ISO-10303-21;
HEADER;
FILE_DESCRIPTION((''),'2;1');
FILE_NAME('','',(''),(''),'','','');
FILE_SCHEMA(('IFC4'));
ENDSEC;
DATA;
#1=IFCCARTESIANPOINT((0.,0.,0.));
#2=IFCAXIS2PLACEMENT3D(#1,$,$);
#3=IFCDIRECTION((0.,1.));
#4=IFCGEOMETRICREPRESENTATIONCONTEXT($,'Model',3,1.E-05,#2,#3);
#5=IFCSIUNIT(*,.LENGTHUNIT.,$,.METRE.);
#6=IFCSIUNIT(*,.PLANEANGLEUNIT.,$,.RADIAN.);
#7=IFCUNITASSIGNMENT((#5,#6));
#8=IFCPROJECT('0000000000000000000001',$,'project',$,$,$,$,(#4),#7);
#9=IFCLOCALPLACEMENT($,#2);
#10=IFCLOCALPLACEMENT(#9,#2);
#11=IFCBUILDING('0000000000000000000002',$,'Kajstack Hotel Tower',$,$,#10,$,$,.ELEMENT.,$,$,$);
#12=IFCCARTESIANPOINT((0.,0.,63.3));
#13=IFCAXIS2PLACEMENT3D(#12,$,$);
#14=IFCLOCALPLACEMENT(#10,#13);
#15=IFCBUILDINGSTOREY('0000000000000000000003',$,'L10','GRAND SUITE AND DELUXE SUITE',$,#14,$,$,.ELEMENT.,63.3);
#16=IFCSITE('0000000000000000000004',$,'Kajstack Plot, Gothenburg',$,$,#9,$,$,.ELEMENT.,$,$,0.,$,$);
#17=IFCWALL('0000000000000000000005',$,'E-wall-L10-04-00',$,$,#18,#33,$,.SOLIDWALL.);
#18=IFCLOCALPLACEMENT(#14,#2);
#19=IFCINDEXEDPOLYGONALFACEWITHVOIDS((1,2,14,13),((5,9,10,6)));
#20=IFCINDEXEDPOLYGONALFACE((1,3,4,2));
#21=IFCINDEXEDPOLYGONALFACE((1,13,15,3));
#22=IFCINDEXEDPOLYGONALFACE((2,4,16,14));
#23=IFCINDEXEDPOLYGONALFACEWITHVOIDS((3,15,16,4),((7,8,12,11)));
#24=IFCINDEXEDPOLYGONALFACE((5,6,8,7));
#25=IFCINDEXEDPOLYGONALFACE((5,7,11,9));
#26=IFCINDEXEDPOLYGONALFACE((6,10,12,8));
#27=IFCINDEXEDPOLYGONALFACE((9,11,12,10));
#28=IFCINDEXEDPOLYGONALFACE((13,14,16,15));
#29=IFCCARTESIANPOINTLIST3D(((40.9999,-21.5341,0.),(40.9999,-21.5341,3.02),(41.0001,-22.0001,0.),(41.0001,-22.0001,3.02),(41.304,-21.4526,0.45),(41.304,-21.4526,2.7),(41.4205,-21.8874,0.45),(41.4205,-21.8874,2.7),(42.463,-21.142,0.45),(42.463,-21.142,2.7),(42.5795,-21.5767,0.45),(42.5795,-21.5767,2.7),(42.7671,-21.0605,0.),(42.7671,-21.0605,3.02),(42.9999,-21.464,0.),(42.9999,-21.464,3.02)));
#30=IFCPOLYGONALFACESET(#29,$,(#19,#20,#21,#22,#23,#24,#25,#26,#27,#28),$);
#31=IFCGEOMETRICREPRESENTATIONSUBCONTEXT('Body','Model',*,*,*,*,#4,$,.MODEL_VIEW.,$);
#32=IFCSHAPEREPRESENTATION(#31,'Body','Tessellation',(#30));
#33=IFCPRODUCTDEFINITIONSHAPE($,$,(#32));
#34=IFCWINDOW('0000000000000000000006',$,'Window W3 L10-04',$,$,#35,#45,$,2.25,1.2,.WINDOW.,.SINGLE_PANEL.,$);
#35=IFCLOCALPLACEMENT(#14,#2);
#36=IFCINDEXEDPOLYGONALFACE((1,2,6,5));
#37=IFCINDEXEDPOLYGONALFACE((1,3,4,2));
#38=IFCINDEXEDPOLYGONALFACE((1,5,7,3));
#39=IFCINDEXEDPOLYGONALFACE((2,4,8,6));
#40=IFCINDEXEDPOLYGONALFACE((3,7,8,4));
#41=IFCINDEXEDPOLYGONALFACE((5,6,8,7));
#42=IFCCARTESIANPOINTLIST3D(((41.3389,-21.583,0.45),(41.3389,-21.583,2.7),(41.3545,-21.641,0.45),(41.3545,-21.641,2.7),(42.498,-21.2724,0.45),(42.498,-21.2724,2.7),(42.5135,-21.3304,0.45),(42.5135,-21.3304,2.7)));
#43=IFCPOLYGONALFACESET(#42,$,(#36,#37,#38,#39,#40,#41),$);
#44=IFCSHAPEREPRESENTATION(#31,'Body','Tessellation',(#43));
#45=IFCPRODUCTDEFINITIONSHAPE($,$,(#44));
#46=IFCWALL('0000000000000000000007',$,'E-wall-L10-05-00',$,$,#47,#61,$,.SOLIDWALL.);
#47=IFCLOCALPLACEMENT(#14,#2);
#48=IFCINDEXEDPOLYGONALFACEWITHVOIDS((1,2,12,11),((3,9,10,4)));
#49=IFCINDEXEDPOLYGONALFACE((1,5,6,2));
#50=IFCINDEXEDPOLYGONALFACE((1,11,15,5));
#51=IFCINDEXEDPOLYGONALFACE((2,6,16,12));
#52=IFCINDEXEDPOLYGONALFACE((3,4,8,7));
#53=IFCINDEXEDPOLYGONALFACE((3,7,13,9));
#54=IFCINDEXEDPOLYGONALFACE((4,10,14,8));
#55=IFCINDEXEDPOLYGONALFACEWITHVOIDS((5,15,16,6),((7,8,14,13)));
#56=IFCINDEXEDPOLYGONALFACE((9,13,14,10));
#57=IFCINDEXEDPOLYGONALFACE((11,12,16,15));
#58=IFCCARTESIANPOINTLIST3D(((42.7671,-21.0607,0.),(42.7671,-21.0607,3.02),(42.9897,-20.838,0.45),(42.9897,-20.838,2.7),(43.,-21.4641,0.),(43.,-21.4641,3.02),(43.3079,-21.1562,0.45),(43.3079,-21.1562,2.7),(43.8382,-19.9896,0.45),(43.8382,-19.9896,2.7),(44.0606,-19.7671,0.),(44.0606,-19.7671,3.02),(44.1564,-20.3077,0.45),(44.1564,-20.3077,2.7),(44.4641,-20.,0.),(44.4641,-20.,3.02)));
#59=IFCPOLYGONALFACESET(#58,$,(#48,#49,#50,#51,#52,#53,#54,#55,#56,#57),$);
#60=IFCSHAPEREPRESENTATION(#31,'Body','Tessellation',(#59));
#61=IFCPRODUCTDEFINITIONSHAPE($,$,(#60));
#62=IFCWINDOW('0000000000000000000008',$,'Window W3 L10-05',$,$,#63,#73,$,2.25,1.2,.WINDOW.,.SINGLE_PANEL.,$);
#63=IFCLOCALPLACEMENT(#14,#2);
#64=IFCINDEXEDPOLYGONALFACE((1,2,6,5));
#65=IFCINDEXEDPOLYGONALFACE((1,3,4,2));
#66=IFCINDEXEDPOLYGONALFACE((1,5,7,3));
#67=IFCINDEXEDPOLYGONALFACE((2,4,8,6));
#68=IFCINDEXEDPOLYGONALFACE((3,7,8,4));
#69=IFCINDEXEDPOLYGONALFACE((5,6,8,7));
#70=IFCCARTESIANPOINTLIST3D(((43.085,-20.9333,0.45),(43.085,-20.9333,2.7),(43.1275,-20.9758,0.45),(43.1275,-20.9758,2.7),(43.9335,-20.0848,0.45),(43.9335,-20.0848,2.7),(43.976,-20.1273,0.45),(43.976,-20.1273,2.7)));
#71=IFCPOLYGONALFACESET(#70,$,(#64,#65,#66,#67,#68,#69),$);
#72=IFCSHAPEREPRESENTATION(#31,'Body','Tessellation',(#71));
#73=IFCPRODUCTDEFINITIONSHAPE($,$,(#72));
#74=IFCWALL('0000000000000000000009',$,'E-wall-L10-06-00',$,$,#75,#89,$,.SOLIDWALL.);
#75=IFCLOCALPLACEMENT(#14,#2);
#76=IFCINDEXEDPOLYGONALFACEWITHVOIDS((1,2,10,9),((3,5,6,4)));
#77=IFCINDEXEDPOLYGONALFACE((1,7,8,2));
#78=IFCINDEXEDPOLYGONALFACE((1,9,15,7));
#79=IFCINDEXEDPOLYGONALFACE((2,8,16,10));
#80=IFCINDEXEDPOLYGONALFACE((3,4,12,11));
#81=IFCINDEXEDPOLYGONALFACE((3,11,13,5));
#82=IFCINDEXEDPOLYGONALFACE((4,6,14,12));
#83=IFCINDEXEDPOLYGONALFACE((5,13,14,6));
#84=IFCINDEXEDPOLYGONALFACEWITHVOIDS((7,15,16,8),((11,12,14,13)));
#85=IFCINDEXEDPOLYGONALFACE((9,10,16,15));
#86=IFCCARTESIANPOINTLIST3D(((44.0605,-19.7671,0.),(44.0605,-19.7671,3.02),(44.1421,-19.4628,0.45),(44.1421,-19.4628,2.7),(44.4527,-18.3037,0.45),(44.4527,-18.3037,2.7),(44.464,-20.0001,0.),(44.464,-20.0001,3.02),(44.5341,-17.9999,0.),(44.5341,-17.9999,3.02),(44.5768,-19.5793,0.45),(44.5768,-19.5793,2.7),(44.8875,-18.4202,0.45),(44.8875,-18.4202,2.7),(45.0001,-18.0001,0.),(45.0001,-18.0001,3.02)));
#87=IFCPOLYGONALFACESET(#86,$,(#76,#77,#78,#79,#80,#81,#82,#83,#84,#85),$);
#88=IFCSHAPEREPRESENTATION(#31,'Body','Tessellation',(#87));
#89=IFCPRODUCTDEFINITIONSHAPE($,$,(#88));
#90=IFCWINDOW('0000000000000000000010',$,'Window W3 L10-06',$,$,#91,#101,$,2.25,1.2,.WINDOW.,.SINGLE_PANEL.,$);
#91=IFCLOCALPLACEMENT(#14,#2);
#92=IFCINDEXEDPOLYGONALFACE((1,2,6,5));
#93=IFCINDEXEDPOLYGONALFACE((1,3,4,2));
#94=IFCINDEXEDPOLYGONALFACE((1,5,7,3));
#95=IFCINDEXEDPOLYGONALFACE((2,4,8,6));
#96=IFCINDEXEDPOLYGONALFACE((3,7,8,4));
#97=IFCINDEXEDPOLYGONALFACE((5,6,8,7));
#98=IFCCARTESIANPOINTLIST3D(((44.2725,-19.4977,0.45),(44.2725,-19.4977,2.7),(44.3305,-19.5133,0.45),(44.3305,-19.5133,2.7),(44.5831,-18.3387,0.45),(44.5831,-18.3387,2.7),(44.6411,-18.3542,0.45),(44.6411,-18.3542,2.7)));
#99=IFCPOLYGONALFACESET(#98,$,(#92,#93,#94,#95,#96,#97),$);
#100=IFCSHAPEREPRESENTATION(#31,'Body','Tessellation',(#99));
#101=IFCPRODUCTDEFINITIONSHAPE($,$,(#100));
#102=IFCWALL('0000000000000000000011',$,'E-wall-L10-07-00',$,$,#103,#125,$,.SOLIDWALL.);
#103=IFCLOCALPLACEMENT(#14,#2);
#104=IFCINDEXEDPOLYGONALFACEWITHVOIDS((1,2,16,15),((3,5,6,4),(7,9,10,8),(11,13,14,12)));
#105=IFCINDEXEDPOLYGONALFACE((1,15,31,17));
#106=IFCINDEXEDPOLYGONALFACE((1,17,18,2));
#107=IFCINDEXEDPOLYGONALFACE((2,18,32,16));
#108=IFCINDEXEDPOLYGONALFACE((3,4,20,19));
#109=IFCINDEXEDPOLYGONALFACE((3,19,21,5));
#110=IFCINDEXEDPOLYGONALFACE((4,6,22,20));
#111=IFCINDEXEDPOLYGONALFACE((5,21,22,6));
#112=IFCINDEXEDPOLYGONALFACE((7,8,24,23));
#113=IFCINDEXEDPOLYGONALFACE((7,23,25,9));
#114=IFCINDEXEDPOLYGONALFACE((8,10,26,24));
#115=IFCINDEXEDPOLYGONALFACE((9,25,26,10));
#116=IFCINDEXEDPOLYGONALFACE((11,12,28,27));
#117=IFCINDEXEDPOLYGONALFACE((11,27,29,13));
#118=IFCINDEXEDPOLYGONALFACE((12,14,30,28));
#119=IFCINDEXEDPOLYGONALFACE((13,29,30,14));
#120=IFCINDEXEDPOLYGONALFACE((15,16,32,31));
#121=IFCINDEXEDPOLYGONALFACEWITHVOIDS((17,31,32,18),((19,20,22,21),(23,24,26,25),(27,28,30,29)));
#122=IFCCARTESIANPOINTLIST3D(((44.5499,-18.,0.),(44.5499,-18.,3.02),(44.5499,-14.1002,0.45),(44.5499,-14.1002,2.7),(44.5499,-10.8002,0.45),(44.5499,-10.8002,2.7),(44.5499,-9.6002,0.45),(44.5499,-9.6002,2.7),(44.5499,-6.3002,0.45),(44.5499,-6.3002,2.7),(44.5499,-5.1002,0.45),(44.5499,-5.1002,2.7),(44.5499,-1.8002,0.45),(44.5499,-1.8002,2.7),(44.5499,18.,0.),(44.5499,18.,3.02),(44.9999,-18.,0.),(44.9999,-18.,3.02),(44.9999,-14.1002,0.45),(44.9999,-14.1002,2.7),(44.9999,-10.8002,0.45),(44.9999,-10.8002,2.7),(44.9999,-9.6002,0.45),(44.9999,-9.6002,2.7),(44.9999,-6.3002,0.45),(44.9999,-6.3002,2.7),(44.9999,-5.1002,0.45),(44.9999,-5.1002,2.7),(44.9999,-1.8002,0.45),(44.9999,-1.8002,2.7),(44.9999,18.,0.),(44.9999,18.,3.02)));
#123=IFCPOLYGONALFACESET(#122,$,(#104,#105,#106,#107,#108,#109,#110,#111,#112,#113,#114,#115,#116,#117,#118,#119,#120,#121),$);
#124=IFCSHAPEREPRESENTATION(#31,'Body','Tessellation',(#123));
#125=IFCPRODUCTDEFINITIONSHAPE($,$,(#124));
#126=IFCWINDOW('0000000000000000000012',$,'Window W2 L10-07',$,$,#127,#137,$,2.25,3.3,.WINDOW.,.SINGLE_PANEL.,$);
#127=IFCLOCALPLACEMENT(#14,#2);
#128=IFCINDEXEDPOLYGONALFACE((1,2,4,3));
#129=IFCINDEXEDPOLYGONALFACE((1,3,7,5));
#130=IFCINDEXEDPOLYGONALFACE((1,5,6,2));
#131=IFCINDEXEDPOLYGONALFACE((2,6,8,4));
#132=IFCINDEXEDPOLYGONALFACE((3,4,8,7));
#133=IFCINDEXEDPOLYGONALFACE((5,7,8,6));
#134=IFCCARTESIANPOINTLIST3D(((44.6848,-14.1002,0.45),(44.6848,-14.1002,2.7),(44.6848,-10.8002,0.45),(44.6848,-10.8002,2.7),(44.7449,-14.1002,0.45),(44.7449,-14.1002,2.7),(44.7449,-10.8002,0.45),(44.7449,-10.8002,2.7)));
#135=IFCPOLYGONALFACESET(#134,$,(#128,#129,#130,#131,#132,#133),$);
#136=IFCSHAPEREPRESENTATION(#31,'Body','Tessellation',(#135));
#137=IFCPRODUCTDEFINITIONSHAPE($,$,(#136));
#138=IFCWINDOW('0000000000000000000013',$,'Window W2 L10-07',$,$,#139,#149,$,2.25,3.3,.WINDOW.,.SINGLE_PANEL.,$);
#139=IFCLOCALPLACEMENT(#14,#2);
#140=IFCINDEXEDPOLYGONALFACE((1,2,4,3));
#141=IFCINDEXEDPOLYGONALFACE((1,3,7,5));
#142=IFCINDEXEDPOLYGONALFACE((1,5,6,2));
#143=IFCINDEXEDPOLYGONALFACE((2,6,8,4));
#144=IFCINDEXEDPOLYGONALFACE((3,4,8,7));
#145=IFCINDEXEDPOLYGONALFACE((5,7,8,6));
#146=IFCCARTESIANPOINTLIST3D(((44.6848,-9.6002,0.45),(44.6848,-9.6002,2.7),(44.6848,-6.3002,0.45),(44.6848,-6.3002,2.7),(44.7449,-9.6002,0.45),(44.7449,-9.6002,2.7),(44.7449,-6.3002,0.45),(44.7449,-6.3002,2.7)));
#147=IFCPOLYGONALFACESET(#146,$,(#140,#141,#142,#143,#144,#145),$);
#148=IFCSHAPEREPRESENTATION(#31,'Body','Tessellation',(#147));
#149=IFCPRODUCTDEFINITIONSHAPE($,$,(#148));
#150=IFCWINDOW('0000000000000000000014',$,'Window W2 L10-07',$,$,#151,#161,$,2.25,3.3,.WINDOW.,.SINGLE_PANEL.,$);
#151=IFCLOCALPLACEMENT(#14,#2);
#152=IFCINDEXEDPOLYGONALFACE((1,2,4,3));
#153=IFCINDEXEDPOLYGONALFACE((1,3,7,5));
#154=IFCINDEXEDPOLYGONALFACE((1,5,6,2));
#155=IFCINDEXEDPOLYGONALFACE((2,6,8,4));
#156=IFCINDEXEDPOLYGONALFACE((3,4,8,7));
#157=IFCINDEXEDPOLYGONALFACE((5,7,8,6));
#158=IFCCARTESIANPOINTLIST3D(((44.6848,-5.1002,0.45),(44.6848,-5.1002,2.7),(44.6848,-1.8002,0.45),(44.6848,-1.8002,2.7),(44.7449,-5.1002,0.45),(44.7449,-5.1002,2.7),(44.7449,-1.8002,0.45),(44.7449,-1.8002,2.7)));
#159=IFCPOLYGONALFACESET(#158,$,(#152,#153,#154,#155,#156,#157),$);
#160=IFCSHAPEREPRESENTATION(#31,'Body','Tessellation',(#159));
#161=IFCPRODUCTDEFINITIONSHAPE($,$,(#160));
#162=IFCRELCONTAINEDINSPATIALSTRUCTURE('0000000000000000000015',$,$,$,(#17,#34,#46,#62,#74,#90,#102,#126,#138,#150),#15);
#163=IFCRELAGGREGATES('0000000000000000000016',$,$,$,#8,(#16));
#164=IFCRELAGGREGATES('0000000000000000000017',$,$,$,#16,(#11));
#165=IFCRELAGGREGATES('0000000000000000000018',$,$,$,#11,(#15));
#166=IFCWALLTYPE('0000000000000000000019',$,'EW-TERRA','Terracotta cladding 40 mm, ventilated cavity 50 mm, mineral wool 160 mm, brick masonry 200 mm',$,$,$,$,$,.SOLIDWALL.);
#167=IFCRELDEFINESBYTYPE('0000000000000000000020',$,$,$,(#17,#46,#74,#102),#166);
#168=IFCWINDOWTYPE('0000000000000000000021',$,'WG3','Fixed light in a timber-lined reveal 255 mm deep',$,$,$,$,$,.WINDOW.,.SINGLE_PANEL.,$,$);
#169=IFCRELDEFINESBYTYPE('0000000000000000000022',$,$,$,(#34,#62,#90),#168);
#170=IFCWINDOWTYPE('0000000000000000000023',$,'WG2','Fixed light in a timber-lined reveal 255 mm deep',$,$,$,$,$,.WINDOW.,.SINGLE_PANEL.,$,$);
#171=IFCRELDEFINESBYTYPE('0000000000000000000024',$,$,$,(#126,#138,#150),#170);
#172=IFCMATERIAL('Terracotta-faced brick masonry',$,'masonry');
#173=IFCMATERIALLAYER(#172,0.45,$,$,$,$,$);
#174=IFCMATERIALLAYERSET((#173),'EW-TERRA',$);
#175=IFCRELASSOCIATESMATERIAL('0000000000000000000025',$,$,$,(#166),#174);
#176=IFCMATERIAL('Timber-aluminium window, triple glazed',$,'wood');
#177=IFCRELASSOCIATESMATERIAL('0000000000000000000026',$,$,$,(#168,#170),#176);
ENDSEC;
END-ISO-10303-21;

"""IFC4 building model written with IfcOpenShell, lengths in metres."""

from ifc_helpers import new_model, si_unit, direction, frame, frame_2d, origin, place, context, subcontext, project, spatial, polyline, rectangle, outline, extrude, material, layer, layer_set, type_object, element, fill, save


model = new_model("IFC4")

# Units and contexts
model_context = context("Model", 3, precision=1e-05, world=origin(), true_north=direction((0.0, 1.0)))
body_context = subcontext(model_context, "Body", "Model", "MODEL_VIEW")
ifc_project = project(units=[si_unit("LENGTHUNIT", "METRE"), si_unit("PLANEANGLEUNIT", "RADIAN")], contexts=[model_context])

# Site, building, storey
site_placement = place(None, origin())
site = spatial("IfcSite", under=ifc_project, at=site_placement, Name="Kajstack Plot, Gothenburg", CompositionType="ELEMENT", RefElevation=0.0)
building_placement = place(site_placement, origin())
building = spatial("IfcBuilding", under=site, at=building_placement, Name="Kajstack Hotel Tower", CompositionType="ELEMENT")
storey_placement = place(building_placement, frame((0.0, 0.0, 63.3)))
storey = spatial("IfcBuildingStorey", under=building, at=storey_placement, Name="L10", Description="GRAND SUITE AND DELUXE SUITE", CompositionType="ELEMENT", Elevation=63.3)

# Walls, openings, windows
ifc_material_1 = material(Name="Terracotta-faced brick masonry", Category="masonry")
ifc_layer_1 = layer(ifc_material_1, 0.45)
ifc_layer_set_1 = layer_set([ifc_layer_1], Name="EW-TERRA")
wall_type_1 = type_object("IfcWallType", Name="EW-TERRA", Description="Terracotta cladding 40 mm, ventilated cavity 50 mm, mineral wool 160 mm, brick masonry 200 mm", PredefinedType="SOLIDWALL", material=ifc_layer_set_1)
wall_1_placement = place(storey_placement, frame((40.9417, -21.7827, 0.0), z_axis=(0.0, 0.0, 1.0), x_axis=(0.965927, 0.258815, 0.0)))
wall_1 = element("IfcWall", 1, at=wall_1_placement, inside=storey, type_object=wall_type_1, Name="E-wall-L10-04-00", PredefinedType="SOLIDWALL", context=body_context, shape_type="SweptSolid", body=[
    extrude(outline(polyline([(0.0002, -0.2251), (2.0706, -0.2249), (1.9502, 0.2251), (0.1206, 0.2251), (0.0002, -0.2251)])), origin(), (0.0, 0.0, 1.0), 3.02),
])
opening_1_placement = place(wall_1_placement, frame((0.4353, 0.0, 0.45)))
opening_1 = element("IfcOpeningElement", 2, at=opening_1_placement, cuts=wall_1, PredefinedType="OPENING", context=body_context, shape_type="SweptSolid", body=[
    extrude(rectangle(XDim=1.2, YDim=2.25, at=frame_2d((0.6001, 1.125))), frame((0.0, 0.2349, 0.0), z_axis=(0.0, -1.0, 0.0), x_axis=(1.0, 0.0, 0.0)), (0.0, 0.0, 1.0), 0.47),
])
ifc_material_2 = material(Name="Timber-aluminium window, triple glazed", Category="wood")
window_type_1 = type_object("IfcWindowType", Name="WG3", Description="Fixed light in a timber-lined reveal 255 mm deep", PartitioningType="SINGLE_PANEL", PredefinedType="WINDOW", material=ifc_material_2)
window_1_placement = place(opening_1_placement, origin())
window_1 = element("IfcWindow", 3, at=window_1_placement, inside=storey, type_object=window_type_1, Name="Window W3 L10-04", OverallHeight=2.25, OverallWidth=1.2, PartitioningType="SINGLE_PANEL", PredefinedType="WINDOW", context=body_context, shape_type="SweptSolid", body=[
    extrude(rectangle(XDim=1.2, YDim=2.25, at=frame_2d((0.6001, 1.125))), frame((0.0, 0.0901, 0.0), z_axis=(0.0, -1.0, 0.0), x_axis=(1.0, 0.0, 0.0)), (0.0, 0.0, 1.0), 0.0601),
])
fill(opening_1, window_1)
wall_2_placement = place(storey_placement, frame((42.8408, -21.3049, 0.0), z_axis=(0.0, 0.0, 1.0), x_axis=(0.707107, 0.707107, 0.0)))
wall_2 = element("IfcWall", 4, at=wall_2_placement, inside=storey, type_object=wall_type_1, Name="E-wall-L10-05-00", PredefinedType="SOLIDWALL", context=body_context, shape_type="SweptSolid", body=[
    extrude(outline(polyline([(0.0, -0.2251), (2.0706, -0.2251), (1.95, 0.2249), (0.1206, 0.2249), (0.0, -0.2251)])), origin(), (0.0, 0.0, 1.0), 3.02),
])
opening_2_placement = place(wall_2_placement, frame((0.4353, 0.0, 0.45)))
opening_2 = element("IfcOpeningElement", 5, at=opening_2_placement, cuts=wall_2, PredefinedType="OPENING", context=body_context, shape_type="SweptSolid", body=[
    extrude(rectangle(XDim=1.2, YDim=2.25, at=frame_2d((0.6001, 1.125))), frame((0.0, 0.2349, 0.0), z_axis=(0.0, -1.0, 0.0), x_axis=(1.0, 0.0, 0.0)), (0.0, 0.0, 1.0), 0.47),
])
window_2_placement = place(opening_2_placement, origin())
window_2 = element("IfcWindow", 6, at=window_2_placement, inside=storey, type_object=window_type_1, Name="Window W3 L10-05", OverallHeight=2.25, OverallWidth=1.2, PartitioningType="SINGLE_PANEL", PredefinedType="WINDOW", context=body_context, shape_type="SweptSolid", body=[
    extrude(rectangle(XDim=1.2, YDim=2.25, at=frame_2d((0.6001, 1.125))), frame((0.0, 0.0901, 0.0), z_axis=(0.0, -1.0, 0.0), x_axis=(1.0, 0.0, 0.0)), (0.0, 0.0, 1.0), 0.0601),
])
fill(opening_2, window_2)
wall_3_placement = place(storey_placement, frame((44.2468, -19.9417, 0.0), z_axis=(0.0, 0.0, 1.0), x_axis=(0.258815, 0.965927, 0.0)))
wall_3 = element("IfcWall", 7, at=wall_3_placement, inside=storey, type_object=wall_type_1, Name="E-wall-L10-06-00", PredefinedType="SOLIDWALL", context=body_context, shape_type="SweptSolid", body=[
    extrude(outline(polyline([(-0.0002, -0.2249), (2.0703, -0.2251), (1.95, 0.2251), (0.1204, 0.2251), (-0.0002, -0.2249)])), origin(), (0.0, 0.0, 1.0), 3.02),
])
opening_3_placement = place(wall_3_placement, frame((0.4353, 0.0, 0.45)))
opening_3 = element("IfcOpeningElement", 8, at=opening_3_placement, cuts=wall_3, PredefinedType="OPENING", context=body_context, shape_type="SweptSolid", body=[
    extrude(rectangle(XDim=1.2, YDim=2.25, at=frame_2d((0.6001, 1.125))), frame((0.0, 0.2349, 0.0), z_axis=(0.0, -1.0, 0.0), x_axis=(1.0, 0.0, 0.0)), (0.0, 0.0, 1.0), 0.47),
])
window_3_placement = place(opening_3_placement, origin())
window_3 = element("IfcWindow", 9, at=window_3_placement, inside=storey, type_object=window_type_1, Name="Window W3 L10-06", OverallHeight=2.25, OverallWidth=1.2, PartitioningType="SINGLE_PANEL", PredefinedType="WINDOW", context=body_context, shape_type="SweptSolid", body=[
    extrude(rectangle(XDim=1.2, YDim=2.25, at=frame_2d((0.6001, 1.125))), frame((0.0, 0.0901, 0.0), z_axis=(0.0, -1.0, 0.0), x_axis=(1.0, 0.0, 0.0)), (0.0, 0.0, 1.0), 0.0601),
])
fill(opening_3, window_3)

# Wall, openings, windows
wall_4_placement = place(storey_placement, frame((44.7749, -18.0, 0.0), z_axis=(0.0, 0.0, 1.0), x_axis=(0.0, 1.0, 0.0)))
wall_4 = element("IfcWall", 10, at=wall_4_placement, inside=storey, type_object=wall_type_1, Name="E-wall-L10-07-00", PredefinedType="SOLIDWALL", context=body_context, shape_type="SweptSolid", body=[
    extrude(rectangle(XDim=36.0, YDim=0.45, at=frame_2d((18.0, 0.0))), origin(), (0.0, 0.0, 1.0), 3.02),
])
opening_4_placement = place(wall_4_placement, frame((3.8999, 0.0, 0.45)))
opening_4 = element("IfcOpeningElement", 11, at=opening_4_placement, cuts=wall_4, PredefinedType="OPENING", context=body_context, shape_type="SweptSolid", body=[
    extrude(rectangle(XDim=3.3, YDim=2.25, at=frame_2d((1.6499, 1.125))), frame((0.0, 0.2349, 0.0), z_axis=(0.0, -1.0, 0.0), x_axis=(1.0, 0.0, 0.0)), (0.0, 0.0, 1.0), 0.47),
])
opening_5_placement = place(wall_4_placement, frame((8.3999, 0.0, 0.45)))
opening_5 = element("IfcOpeningElement", 12, at=opening_5_placement, cuts=wall_4, PredefinedType="OPENING", context=body_context, shape_type="SweptSolid", body=[
    extrude(rectangle(XDim=3.3, YDim=2.25, at=frame_2d((1.6499, 1.125))), frame((0.0, 0.2349, 0.0), z_axis=(0.0, -1.0, 0.0), x_axis=(1.0, 0.0, 0.0)), (0.0, 0.0, 1.0), 0.47),
])
opening_6_placement = place(wall_4_placement, frame((12.8999, 0.0, 0.45)))
opening_6 = element("IfcOpeningElement", 13, at=opening_6_placement, cuts=wall_4, PredefinedType="OPENING", context=body_context, shape_type="SweptSolid", body=[
    extrude(rectangle(XDim=3.3, YDim=2.25, at=frame_2d((1.6499, 1.125))), frame((0.0, 0.2349, 0.0), z_axis=(0.0, -1.0, 0.0), x_axis=(1.0, 0.0, 0.0)), (0.0, 0.0, 1.0), 0.47),
])
window_type_2 = type_object("IfcWindowType", Name="WG2", Description="Fixed light in a timber-lined reveal 255 mm deep", PartitioningType="SINGLE_PANEL", PredefinedType="WINDOW", material=ifc_material_2)
window_4_placement = place(opening_4_placement, origin())
window_4 = element("IfcWindow", 14, at=window_4_placement, inside=storey, type_object=window_type_2, Name="Window W2 L10-07", OverallHeight=2.25, OverallWidth=3.3, PartitioningType="SINGLE_PANEL", PredefinedType="WINDOW", context=body_context, shape_type="SweptSolid", body=[
    extrude(rectangle(XDim=3.3, YDim=2.25, at=frame_2d((1.6499, 1.125))), frame((0.0, 0.0901, 0.0), z_axis=(0.0, -1.0, 0.0), x_axis=(1.0, 0.0, 0.0)), (0.0, 0.0, 1.0), 0.0601),
])
fill(opening_4, window_4)
window_5_placement = place(opening_5_placement, origin())
window_5 = element("IfcWindow", 15, at=window_5_placement, inside=storey, type_object=window_type_2, Name="Window W2 L10-07", OverallHeight=2.25, OverallWidth=3.3, PartitioningType="SINGLE_PANEL", PredefinedType="WINDOW", context=body_context, shape_type="SweptSolid", body=[
    extrude(rectangle(XDim=3.3, YDim=2.25, at=frame_2d((1.6499, 1.125))), frame((0.0, 0.0901, 0.0), z_axis=(0.0, -1.0, 0.0), x_axis=(1.0, 0.0, 0.0)), (0.0, 0.0, 1.0), 0.0601),
])
fill(opening_5, window_5)
window_6_placement = place(opening_6_placement, origin())
window_6 = element("IfcWindow", 16, at=window_6_placement, inside=storey, type_object=window_type_2, Name="Window W2 L10-07", OverallHeight=2.25, OverallWidth=3.3, PartitioningType="SINGLE_PANEL", PredefinedType="WINDOW", context=body_context, shape_type="SweptSolid", body=[
    extrude(rectangle(XDim=3.3, YDim=2.25, at=frame_2d((1.6499, 1.125))), frame((0.0, 0.0901, 0.0), z_axis=(0.0, -1.0, 0.0), x_axis=(1.0, 0.0, 0.0)), (0.0, 0.0, 1.0), 0.0601),
])
fill(opening_6, window_6)

save(model, "model.ifc")
